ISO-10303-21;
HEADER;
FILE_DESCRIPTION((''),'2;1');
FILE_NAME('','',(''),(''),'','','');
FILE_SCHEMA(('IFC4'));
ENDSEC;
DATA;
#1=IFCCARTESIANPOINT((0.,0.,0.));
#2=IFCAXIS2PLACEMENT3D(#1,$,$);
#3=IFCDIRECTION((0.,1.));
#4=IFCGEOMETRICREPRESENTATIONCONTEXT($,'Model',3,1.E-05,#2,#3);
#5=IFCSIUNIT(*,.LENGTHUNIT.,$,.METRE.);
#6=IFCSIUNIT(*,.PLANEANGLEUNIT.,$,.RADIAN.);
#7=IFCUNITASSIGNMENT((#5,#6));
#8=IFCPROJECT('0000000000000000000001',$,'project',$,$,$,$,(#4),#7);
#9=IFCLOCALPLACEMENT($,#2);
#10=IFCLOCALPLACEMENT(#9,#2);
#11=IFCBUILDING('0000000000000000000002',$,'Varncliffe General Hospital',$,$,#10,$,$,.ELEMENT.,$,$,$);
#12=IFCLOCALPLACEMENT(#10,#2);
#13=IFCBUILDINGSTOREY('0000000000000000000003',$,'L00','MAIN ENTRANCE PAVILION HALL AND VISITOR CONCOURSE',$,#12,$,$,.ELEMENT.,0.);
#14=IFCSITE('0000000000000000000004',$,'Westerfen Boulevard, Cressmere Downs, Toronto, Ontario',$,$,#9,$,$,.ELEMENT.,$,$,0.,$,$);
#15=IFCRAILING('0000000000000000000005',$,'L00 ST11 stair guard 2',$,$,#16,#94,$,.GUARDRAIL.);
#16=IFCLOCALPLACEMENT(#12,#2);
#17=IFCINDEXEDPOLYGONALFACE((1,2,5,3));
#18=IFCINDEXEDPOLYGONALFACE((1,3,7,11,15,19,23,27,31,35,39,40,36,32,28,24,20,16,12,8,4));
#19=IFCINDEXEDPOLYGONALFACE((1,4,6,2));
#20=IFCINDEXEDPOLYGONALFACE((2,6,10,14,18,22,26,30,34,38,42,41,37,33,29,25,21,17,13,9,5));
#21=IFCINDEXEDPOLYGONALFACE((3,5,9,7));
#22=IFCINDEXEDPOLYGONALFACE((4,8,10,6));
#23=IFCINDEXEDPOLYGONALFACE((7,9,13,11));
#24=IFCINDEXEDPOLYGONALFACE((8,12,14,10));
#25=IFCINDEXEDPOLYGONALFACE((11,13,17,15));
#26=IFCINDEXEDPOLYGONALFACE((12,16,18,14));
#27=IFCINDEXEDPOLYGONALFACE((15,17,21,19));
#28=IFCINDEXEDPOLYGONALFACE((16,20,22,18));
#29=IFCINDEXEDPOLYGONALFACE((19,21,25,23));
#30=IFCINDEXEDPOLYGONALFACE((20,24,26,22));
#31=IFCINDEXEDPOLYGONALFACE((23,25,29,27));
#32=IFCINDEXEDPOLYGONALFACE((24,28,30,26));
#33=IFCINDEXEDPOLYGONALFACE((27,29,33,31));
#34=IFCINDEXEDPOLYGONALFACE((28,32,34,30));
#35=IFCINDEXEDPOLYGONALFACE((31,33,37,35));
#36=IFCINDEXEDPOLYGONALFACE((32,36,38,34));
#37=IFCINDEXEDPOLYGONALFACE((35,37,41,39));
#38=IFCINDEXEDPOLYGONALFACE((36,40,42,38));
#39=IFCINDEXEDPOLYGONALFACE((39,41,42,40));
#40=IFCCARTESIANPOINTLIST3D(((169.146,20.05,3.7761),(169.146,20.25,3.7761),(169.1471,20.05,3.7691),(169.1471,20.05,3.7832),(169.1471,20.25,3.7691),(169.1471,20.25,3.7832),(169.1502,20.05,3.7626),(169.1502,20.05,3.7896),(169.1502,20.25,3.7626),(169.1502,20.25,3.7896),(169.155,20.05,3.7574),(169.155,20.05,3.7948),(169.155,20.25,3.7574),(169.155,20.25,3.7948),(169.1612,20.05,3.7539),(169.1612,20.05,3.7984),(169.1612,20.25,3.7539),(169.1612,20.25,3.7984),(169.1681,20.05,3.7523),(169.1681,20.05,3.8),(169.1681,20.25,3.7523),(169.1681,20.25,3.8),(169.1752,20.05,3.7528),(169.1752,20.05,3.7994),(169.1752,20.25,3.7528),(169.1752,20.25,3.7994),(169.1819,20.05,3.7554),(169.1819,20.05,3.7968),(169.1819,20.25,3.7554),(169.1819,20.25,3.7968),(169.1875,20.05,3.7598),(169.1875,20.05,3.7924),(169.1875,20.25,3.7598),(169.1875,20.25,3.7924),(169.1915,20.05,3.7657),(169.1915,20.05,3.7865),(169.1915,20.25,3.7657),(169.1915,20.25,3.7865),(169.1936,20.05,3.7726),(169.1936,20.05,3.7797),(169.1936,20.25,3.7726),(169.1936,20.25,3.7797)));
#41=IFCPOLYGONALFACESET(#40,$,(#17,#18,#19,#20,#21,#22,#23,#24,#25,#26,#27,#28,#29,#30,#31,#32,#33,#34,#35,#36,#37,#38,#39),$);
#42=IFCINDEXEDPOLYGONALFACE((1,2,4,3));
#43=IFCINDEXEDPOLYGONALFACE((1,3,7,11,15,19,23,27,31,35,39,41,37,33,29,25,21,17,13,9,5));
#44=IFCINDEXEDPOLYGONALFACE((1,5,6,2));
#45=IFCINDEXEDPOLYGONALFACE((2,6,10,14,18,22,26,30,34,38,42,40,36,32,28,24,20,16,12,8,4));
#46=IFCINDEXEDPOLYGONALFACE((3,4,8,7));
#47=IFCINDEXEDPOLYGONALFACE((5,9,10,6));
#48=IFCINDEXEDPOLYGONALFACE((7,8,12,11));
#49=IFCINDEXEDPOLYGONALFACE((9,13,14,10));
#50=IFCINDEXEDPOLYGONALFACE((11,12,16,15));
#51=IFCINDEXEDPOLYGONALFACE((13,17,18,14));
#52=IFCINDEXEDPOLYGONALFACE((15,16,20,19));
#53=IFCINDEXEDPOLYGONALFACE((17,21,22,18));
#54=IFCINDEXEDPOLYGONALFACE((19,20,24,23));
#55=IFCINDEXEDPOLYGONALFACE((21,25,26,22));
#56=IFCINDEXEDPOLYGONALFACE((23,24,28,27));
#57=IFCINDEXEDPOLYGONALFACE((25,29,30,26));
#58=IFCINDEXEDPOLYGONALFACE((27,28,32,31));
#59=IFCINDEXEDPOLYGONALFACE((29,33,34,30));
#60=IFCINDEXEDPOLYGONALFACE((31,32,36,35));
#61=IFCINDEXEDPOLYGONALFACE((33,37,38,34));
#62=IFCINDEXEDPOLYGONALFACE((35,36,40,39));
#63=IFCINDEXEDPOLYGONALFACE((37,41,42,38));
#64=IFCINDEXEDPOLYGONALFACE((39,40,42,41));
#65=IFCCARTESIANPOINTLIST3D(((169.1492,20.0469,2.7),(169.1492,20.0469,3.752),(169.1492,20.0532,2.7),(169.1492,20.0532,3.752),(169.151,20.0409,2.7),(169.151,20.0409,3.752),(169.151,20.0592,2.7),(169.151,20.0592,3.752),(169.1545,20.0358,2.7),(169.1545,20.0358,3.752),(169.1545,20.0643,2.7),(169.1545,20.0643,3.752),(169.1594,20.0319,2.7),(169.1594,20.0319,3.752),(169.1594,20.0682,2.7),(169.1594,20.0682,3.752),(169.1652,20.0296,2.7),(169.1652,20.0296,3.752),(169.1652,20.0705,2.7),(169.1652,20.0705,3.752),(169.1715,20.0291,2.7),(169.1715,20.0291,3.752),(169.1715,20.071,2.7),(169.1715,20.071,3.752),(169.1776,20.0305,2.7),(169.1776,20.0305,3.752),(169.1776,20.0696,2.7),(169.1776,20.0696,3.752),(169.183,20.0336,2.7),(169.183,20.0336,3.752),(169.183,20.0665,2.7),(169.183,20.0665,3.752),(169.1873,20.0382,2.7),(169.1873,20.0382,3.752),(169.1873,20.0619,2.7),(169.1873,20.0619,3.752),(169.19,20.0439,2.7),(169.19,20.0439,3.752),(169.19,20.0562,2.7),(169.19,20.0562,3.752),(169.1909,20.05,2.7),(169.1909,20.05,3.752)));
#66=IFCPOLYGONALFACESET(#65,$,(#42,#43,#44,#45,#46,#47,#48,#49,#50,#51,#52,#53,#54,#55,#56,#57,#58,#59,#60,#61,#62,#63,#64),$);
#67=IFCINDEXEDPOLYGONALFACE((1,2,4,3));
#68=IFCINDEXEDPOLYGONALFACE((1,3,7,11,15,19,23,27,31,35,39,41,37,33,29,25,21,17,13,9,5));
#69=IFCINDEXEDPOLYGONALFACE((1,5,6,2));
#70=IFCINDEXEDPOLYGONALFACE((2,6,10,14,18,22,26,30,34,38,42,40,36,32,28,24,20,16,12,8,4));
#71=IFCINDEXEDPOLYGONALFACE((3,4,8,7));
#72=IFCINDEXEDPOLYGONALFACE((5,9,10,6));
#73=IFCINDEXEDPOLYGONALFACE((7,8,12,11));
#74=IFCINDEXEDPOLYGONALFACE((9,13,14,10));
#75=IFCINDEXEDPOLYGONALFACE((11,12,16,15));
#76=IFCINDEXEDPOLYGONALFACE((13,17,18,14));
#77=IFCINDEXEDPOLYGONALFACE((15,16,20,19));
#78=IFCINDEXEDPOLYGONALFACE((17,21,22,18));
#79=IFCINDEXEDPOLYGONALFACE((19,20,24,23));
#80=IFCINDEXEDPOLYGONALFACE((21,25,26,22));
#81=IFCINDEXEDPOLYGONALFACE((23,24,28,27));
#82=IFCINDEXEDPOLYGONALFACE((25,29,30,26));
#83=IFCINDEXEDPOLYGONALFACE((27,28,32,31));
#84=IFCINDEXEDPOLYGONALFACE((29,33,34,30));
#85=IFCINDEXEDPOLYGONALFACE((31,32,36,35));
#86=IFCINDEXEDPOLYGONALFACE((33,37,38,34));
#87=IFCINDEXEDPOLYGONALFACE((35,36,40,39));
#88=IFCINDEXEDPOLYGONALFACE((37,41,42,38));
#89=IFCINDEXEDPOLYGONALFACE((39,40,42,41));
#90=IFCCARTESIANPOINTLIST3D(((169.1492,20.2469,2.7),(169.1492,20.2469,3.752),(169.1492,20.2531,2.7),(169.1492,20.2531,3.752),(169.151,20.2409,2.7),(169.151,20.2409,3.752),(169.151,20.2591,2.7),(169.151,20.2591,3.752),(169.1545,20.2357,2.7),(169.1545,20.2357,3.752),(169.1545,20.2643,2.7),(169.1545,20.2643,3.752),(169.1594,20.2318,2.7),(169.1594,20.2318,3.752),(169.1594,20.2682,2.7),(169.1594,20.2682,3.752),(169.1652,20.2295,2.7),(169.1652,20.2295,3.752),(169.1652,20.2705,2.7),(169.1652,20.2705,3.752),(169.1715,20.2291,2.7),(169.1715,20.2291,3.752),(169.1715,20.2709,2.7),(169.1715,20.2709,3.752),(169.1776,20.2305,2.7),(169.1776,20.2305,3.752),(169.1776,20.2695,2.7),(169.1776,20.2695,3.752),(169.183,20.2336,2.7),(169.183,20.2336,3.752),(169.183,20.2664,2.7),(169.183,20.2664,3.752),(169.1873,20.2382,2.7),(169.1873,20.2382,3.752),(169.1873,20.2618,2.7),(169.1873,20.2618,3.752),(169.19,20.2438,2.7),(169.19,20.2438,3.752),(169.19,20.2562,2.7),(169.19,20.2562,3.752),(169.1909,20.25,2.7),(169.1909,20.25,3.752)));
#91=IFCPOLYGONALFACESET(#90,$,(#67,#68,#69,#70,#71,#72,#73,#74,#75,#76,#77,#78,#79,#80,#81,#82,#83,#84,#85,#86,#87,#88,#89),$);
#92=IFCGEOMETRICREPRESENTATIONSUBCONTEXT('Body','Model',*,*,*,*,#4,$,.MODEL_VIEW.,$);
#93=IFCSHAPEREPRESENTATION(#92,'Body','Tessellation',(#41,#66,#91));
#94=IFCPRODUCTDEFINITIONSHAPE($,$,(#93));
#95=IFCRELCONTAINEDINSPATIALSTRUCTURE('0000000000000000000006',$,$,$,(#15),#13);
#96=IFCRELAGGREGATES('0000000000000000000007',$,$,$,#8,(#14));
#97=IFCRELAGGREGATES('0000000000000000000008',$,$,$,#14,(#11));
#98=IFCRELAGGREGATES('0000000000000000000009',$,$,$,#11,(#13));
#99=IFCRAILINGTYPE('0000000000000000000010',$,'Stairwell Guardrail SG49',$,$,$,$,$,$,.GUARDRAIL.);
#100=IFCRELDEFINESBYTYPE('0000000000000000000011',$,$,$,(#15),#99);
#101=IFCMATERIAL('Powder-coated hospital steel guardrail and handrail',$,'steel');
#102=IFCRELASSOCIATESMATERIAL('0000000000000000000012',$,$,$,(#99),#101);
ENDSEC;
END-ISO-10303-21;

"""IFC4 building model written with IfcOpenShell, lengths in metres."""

from ifc_helpers import new_model, si_unit, direction, frame, origin, origin_2d, place, context, subcontext, project, spatial, circle, extrude, material, type_object, element, save


model = new_model("IFC4")

# Units and contexts
model_context = context("Model", 3, precision=1e-05, world=origin(), true_north=direction((0.0, 1.0)))
body_context = subcontext(model_context, "Body", "Model", "MODEL_VIEW")
ifc_project = project(units=[si_unit("LENGTHUNIT", "METRE"), si_unit("PLANEANGLEUNIT", "RADIAN")], contexts=[model_context])

# Site, building, storey
site_placement = place(None, origin())
site = spatial("IfcSite", under=ifc_project, at=site_placement, Name="Westerfen Boulevard, Cressmere Downs, Toronto, Ontario", CompositionType="ELEMENT", RefElevation=0.0)
building_placement = place(site_placement, origin())
building = spatial("IfcBuilding", under=site, at=building_placement, Name="Varncliffe General Hospital", CompositionType="ELEMENT")
storey_placement = place(building_placement, origin())
storey = spatial("IfcBuildingStorey", under=building, at=storey_placement, Name="L00", Description="MAIN ENTRANCE PAVILION HALL AND VISITOR CONCOURSE", CompositionType="ELEMENT", Elevation=0.0)

# Railing
ifc_material_1 = material(Name="Powder-coated hospital steel guardrail and handrail", Category="steel")
railing_type_1 = type_object("IfcRailingType", Name="Stairwell Guardrail SG49", PredefinedType="GUARDRAIL", material=ifc_material_1)
railing_1_placement = place(storey_placement, frame((169.1699, 20.05, 2.7)))
element("IfcRailing", 1, at=railing_1_placement, inside=storey, type_object=railing_type_1, Name="L00 ST11 stair guard 2", PredefinedType="GUARDRAIL", context=body_context, shape_type="SweptSolid", body=[
    extrude(circle(Radius=0.0239, at=origin_2d()), frame((0.0, 0.0, 1.0762), z_axis=(0.0, 1.0, 0.0), x_axis=(-1.0, 0.0, 0.0)), (0.0, 0.0, 1.0), 0.2),
    extrude(circle(Radius=0.021, at=origin_2d()), origin(), (0.0, 0.0, 1.0), 1.052),
    extrude(circle(Radius=0.021, at=origin_2d()), frame((0.0, 0.2, 0.0)), (0.0, 0.0, 1.0), 1.052),
])

save(model, "model.ifc")
